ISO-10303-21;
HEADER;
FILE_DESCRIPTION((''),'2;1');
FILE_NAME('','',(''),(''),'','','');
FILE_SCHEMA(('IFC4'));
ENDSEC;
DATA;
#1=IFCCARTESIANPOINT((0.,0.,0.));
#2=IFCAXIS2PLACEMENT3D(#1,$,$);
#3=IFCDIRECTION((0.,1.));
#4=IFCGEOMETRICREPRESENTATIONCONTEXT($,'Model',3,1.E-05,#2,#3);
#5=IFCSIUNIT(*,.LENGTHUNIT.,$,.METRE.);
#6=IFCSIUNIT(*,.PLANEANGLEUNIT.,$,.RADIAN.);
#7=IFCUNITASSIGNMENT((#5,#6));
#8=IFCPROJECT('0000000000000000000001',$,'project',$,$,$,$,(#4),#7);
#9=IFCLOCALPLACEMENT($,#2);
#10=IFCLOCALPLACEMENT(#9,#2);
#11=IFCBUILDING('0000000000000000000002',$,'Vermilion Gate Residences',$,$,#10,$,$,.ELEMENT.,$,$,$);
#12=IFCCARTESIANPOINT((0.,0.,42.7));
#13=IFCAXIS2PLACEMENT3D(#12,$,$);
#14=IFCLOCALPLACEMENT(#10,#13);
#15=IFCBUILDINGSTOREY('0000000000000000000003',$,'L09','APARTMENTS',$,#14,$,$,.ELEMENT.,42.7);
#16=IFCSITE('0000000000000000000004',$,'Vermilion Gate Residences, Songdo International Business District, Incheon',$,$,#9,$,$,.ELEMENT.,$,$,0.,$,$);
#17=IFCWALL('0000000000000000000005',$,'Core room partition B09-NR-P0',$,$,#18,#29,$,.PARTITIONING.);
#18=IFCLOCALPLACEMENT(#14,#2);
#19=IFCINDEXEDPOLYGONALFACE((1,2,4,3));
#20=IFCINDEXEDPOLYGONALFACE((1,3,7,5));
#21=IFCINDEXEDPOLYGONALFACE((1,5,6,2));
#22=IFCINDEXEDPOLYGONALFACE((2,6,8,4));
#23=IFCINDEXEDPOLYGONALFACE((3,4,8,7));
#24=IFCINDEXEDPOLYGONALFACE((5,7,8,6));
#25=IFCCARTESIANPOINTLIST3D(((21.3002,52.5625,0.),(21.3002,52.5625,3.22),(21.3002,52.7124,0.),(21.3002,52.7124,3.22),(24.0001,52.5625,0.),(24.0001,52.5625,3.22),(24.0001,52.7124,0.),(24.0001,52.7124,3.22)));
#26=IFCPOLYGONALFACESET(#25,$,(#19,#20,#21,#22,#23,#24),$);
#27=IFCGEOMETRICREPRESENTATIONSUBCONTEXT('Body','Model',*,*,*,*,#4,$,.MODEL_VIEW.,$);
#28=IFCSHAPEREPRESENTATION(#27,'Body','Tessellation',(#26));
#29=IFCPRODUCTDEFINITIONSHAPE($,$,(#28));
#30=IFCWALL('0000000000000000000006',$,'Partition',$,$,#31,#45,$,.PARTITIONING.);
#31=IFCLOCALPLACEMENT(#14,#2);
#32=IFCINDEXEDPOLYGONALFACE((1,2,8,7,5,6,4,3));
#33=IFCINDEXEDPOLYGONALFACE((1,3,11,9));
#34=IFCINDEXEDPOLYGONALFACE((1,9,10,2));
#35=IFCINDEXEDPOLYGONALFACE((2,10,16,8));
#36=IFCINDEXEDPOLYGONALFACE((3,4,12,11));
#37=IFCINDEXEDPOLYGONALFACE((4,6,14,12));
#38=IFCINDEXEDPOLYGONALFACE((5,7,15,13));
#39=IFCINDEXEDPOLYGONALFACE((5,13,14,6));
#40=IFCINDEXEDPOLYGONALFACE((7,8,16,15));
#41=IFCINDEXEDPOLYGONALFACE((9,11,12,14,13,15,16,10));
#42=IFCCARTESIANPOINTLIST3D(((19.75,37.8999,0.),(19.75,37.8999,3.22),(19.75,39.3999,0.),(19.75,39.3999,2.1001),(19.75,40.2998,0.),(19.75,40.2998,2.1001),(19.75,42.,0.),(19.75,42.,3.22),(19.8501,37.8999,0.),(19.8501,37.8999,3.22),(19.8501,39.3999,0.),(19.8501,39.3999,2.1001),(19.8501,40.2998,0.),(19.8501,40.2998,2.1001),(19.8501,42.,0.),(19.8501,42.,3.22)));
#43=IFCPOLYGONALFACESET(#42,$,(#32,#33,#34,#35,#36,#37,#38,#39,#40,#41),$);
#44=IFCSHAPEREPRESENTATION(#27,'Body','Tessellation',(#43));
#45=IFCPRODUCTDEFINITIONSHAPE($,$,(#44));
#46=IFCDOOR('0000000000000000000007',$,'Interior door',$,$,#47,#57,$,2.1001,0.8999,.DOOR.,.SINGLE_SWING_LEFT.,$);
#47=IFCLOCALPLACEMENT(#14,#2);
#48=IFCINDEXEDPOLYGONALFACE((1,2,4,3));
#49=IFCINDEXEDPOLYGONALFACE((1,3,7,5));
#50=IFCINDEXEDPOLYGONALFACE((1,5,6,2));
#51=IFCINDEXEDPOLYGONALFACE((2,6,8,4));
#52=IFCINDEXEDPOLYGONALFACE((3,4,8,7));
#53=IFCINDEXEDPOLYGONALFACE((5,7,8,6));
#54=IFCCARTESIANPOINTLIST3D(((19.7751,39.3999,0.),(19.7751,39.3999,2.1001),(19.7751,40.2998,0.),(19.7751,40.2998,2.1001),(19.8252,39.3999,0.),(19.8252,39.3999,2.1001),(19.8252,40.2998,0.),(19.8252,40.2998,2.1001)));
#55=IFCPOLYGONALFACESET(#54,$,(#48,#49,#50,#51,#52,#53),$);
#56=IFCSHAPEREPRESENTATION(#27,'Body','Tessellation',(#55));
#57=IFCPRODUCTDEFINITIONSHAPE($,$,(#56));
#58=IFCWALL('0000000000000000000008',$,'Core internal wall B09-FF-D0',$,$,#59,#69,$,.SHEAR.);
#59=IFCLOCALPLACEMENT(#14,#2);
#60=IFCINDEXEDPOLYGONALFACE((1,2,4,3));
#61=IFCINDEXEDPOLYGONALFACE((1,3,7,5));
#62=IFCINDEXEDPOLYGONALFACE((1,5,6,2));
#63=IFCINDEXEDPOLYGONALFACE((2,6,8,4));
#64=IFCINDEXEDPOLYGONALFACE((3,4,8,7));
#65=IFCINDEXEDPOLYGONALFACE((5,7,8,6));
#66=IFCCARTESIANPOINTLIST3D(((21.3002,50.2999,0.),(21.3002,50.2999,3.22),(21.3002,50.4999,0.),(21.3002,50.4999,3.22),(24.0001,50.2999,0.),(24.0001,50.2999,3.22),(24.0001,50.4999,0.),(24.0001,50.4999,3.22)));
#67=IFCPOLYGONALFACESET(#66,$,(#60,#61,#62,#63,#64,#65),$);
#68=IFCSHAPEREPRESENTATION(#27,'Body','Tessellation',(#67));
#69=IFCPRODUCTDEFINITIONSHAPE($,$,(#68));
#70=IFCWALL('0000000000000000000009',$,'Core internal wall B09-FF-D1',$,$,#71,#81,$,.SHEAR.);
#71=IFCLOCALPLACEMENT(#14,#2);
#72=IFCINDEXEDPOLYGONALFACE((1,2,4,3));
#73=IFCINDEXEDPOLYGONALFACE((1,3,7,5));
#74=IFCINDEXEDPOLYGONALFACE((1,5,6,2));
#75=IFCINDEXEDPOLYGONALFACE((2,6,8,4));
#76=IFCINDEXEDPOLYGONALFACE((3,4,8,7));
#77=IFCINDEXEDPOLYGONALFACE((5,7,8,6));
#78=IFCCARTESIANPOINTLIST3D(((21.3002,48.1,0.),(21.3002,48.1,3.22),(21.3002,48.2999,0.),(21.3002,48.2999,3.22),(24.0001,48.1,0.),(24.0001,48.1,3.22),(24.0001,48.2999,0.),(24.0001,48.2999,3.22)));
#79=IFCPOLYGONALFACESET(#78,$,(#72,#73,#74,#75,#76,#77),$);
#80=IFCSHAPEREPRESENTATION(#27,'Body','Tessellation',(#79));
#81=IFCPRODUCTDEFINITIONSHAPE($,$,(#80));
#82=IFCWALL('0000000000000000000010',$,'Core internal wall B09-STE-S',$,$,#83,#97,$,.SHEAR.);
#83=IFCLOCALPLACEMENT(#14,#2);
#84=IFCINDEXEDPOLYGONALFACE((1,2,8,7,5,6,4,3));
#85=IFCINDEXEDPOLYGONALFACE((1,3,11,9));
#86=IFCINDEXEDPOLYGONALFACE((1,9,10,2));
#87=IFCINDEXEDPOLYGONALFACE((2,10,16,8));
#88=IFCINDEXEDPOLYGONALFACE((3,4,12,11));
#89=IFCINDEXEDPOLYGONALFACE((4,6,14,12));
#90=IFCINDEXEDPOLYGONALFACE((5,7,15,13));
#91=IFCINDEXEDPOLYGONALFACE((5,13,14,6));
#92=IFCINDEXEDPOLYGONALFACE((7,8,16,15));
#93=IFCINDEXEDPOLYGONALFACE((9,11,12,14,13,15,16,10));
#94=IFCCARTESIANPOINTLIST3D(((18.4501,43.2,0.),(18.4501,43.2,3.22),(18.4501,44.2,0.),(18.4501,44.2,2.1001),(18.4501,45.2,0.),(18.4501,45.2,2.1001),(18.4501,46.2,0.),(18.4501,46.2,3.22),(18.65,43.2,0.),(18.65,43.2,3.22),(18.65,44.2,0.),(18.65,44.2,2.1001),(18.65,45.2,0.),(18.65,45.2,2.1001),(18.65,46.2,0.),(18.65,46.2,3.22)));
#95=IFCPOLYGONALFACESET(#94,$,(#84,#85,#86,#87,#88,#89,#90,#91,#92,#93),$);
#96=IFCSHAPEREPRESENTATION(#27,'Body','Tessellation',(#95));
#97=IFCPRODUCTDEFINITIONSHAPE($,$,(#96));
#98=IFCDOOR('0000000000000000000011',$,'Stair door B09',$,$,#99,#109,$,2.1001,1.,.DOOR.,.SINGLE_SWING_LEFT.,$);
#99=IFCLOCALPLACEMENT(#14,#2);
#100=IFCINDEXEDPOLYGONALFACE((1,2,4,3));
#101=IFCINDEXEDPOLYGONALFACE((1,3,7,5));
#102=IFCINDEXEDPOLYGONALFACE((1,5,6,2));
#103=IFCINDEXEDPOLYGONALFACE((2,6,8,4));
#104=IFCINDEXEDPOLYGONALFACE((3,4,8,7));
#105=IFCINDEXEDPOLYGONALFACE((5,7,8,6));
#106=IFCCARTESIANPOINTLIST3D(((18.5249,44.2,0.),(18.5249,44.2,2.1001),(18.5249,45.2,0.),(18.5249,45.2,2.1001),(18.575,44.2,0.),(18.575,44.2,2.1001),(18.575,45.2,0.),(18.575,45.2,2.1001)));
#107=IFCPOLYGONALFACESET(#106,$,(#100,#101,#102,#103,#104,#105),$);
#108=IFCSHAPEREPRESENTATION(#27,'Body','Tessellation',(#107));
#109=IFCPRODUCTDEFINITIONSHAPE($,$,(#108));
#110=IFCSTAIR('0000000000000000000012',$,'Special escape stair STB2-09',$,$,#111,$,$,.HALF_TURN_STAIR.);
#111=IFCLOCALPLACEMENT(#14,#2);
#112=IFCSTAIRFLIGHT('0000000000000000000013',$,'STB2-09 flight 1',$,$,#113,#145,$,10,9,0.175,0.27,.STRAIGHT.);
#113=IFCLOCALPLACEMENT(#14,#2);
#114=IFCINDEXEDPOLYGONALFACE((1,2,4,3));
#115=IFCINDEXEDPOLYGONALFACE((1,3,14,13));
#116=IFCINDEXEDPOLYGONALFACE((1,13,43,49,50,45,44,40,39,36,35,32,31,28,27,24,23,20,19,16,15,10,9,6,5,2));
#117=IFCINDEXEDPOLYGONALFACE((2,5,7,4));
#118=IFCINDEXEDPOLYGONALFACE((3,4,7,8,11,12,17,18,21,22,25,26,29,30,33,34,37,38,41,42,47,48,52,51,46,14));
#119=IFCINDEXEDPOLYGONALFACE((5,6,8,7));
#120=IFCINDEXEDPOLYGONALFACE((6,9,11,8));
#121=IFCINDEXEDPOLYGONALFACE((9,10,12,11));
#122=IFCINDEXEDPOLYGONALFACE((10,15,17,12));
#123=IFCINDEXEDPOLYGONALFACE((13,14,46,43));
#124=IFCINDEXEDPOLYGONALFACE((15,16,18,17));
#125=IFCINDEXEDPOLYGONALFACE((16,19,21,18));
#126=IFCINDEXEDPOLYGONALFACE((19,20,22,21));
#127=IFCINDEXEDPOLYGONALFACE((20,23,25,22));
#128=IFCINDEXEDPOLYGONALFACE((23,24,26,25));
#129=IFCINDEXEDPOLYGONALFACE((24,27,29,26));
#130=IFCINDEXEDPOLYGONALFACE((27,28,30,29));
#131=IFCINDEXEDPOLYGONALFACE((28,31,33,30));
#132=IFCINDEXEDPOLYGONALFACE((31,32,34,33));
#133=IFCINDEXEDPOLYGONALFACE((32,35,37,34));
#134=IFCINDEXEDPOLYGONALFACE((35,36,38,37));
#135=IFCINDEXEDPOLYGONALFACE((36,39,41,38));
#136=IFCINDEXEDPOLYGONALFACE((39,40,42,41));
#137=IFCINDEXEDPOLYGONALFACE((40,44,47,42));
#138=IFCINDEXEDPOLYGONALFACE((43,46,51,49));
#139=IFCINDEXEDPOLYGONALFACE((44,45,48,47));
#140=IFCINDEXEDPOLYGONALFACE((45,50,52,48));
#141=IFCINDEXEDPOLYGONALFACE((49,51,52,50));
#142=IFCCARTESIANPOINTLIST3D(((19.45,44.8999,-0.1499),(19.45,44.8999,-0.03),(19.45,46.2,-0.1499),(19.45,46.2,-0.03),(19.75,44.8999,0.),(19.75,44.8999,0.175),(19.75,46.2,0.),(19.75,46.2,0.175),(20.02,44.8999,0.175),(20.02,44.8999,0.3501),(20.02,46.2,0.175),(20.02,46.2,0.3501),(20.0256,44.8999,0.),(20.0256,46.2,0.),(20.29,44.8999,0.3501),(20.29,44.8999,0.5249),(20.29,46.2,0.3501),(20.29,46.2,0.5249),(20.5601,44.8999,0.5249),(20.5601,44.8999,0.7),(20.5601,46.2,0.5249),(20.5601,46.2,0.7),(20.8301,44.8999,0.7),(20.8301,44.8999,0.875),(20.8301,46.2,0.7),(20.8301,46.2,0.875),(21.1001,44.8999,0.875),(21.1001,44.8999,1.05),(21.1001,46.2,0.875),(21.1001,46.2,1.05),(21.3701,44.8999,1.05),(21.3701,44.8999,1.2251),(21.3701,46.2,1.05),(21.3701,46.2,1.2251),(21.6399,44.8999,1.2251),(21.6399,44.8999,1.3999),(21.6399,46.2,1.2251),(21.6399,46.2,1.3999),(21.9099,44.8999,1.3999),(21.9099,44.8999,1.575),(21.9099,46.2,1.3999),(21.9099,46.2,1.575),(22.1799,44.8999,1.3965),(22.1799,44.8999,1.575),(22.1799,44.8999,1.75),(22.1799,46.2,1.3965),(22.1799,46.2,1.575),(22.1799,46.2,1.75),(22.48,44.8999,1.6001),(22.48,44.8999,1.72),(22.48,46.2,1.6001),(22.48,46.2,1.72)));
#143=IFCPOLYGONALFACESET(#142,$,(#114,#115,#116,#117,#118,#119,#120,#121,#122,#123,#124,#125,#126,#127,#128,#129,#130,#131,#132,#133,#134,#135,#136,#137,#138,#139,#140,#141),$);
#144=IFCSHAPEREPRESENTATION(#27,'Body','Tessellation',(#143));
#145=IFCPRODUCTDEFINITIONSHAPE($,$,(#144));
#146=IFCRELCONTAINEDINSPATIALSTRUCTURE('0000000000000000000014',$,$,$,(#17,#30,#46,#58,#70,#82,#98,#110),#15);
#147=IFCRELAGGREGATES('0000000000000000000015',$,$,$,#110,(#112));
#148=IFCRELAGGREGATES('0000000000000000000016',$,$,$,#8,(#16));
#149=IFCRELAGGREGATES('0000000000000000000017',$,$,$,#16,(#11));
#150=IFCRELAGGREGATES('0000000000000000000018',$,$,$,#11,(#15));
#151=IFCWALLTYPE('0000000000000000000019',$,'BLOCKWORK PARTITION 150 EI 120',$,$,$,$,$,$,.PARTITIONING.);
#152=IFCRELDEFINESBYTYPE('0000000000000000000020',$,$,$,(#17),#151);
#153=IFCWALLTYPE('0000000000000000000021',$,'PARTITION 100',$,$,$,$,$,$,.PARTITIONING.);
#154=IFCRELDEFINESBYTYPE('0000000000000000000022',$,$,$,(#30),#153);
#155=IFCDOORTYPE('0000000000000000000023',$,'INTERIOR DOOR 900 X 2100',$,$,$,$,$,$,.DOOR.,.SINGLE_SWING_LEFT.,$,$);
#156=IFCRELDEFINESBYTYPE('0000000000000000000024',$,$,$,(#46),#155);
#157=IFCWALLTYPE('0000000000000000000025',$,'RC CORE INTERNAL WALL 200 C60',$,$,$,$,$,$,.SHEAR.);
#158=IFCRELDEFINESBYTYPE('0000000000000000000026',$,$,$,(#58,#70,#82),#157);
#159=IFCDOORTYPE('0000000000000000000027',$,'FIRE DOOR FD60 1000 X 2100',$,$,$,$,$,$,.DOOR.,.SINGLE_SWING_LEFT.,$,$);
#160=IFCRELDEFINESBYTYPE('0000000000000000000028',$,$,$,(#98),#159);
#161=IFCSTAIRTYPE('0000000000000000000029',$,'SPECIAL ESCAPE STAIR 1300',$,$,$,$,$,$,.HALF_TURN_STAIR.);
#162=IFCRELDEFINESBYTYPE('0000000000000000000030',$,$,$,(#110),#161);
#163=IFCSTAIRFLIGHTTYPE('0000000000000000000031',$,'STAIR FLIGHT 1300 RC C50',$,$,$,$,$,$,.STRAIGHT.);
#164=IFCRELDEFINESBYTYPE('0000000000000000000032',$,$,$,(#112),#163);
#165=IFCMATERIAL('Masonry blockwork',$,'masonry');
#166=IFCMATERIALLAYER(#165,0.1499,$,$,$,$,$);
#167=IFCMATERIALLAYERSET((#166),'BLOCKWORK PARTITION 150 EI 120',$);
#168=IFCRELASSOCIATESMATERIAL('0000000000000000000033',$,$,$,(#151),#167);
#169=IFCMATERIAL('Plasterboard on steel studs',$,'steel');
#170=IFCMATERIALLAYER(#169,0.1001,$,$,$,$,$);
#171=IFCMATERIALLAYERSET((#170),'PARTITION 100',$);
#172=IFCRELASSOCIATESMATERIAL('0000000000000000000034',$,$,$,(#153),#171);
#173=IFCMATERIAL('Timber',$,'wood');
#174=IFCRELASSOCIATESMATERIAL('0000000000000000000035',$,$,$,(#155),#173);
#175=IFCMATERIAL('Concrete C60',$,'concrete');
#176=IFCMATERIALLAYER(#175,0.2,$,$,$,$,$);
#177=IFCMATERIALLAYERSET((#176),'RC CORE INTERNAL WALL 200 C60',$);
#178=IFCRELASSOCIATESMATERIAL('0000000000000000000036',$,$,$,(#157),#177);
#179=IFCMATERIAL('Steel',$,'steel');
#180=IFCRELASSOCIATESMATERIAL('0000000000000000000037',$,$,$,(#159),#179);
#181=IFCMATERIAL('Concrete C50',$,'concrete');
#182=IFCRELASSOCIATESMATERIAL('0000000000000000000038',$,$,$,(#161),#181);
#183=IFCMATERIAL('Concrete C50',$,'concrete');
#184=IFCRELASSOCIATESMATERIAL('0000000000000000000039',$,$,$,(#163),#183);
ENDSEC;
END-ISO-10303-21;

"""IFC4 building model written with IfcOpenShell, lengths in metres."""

from ifc_helpers import new_model, si_unit, direction, frame, frame_2d, origin, place, context, subcontext, project, spatial, polyline, rectangle, outline, extrude, material, layer, layer_set, type_object, element, fill, aggregate, save


model = new_model("IFC4")

# Units and contexts
model_context = context("Model", 3, precision=1e-05, world=origin(), true_north=direction((0.0, 1.0)))
body_context = subcontext(model_context, "Body", "Model", "MODEL_VIEW")
ifc_project = project(units=[si_unit("LENGTHUNIT", "METRE"), si_unit("PLANEANGLEUNIT", "RADIAN")], contexts=[model_context])

# Site, building, storey
site_placement = place(None, origin())
site = spatial("IfcSite", under=ifc_project, at=site_placement, Name="Vermilion Gate Residences, Songdo International Business District, Incheon", CompositionType="ELEMENT", RefElevation=0.0)
building_placement = place(site_placement, origin())
building = spatial("IfcBuilding", under=site, at=building_placement, Name="Vermilion Gate Residences", CompositionType="ELEMENT")
storey_placement = place(building_placement, frame((0.0, 0.0, 42.7)))
storey = spatial("IfcBuildingStorey", under=building, at=storey_placement, Name="L09", Description="APARTMENTS", CompositionType="ELEMENT", Elevation=42.7)

# Wall
ifc_material_1 = material(Name="Masonry blockwork", Category="masonry")
ifc_layer_1 = layer(ifc_material_1, 0.1499)
ifc_layer_set_1 = layer_set([ifc_layer_1], Name="BLOCKWORK PARTITION 150 EI 120")
wall_type_1 = type_object("IfcWallType", Name="BLOCKWORK PARTITION 150 EI 120", PredefinedType="PARTITIONING", material=ifc_layer_set_1)
wall_1_placement = place(storey_placement, frame((21.3, 52.6375, 0.0), z_axis=(0.0, 0.0, 1.0), x_axis=(1.0, 0.0, 0.0)))
element("IfcWall", 1, at=wall_1_placement, inside=storey, type_object=wall_type_1, Name="Core room partition B09-NR-P0", PredefinedType="PARTITIONING", context=body_context, shape_type="SweptSolid", body=[
    extrude(rectangle(XDim=2.7, YDim=0.1499, at=frame_2d((1.3501, 0.0))), origin(), (0.0, 0.0, 1.0), 3.22),
])

# Wall, opening, door
ifc_material_2 = material(Name="Plasterboard on steel studs", Category="steel")
ifc_layer_2 = layer(ifc_material_2, 0.1001)
ifc_layer_set_2 = layer_set([ifc_layer_2], Name="PARTITION 100")
wall_type_2 = type_object("IfcWallType", Name="PARTITION 100", PredefinedType="PARTITIONING", material=ifc_layer_set_2)
wall_2_placement = place(storey_placement, frame((19.8, 37.8999, 0.0), z_axis=(0.0, 0.0, 1.0), x_axis=(0.0, 1.0, 0.0)))
wall_2 = element("IfcWall", 2, at=wall_2_placement, inside=storey, type_object=wall_type_2, Name="Partition", PredefinedType="PARTITIONING", context=body_context, shape_type="SweptSolid", body=[
    extrude(rectangle(XDim=4.1001, YDim=0.1001, at=frame_2d((2.05, 0.0))), origin(), (0.0, 0.0, 1.0), 3.22),
])
opening_1_placement = place(wall_2_placement, frame((1.5, 0.0, 0.0)))
opening_1 = element("IfcOpeningElement", 3, at=opening_1_placement, cuts=wall_2, PredefinedType="OPENING", context=body_context, shape_type="SweptSolid", body=[
    extrude(rectangle(XDim=0.8999, YDim=2.1001, at=frame_2d((0.45, 1.05))), frame((0.0, 0.0601, 0.0), z_axis=(0.0, -1.0, 0.0), x_axis=(1.0, 0.0, 0.0)), (0.0, 0.0, 1.0), 0.1201),
])
ifc_material_3 = material(Name="Timber", Category="wood")
door_type_1 = type_object("IfcDoorType", Name="INTERIOR DOOR 900 X 2100", OperationType="SINGLE_SWING_LEFT", PredefinedType="DOOR", material=ifc_material_3)
door_1_placement = place(opening_1_placement, origin())
door_1 = element("IfcDoor", 4, at=door_1_placement, inside=storey, type_object=door_type_1, Name="Interior door", OperationType="SINGLE_SWING_LEFT", OverallHeight=2.1001, OverallWidth=0.8999, PredefinedType="DOOR", context=body_context, shape_type="SweptSolid", body=[
    extrude(rectangle(XDim=0.8999, YDim=2.1001, at=frame_2d((0.45, 1.05))), frame((0.0, 0.0249, 0.0), z_axis=(0.0, -1.0, 0.0), x_axis=(1.0, 0.0, 0.0)), (0.0, 0.0, 1.0), 0.05),
])
fill(opening_1, door_1)

# Walls
ifc_material_4 = material(Name="Concrete C60", Category="concrete")
ifc_layer_3 = layer(ifc_material_4, 0.2)
ifc_layer_set_3 = layer_set([ifc_layer_3], Name="RC CORE INTERNAL WALL 200 C60")
wall_type_3 = type_object("IfcWallType", Name="RC CORE INTERNAL WALL 200 C60", PredefinedType="SHEAR", material=ifc_layer_set_3)
for number, where, z_axis, x_axis, name in (
    (5, (21.3, 50.3999, 0.0), (0.0, 0.0, 1.0), (1.0, 0.0, 0.0), "Core internal wall B09-FF-D0"),
    (6, (21.3, 48.2, 0.0), (0.0, 0.0, 1.0), (1.0, 0.0, 0.0), "Core internal wall B09-FF-D1"),
):
    element("IfcWall", number, at=place(storey_placement, frame(where, z_axis=z_axis, x_axis=x_axis)), inside=storey, type_object=wall_type_3, Name=name, PredefinedType="SHEAR", context=body_context, shape_type="SweptSolid", body=[
        extrude(rectangle(XDim=2.7, YDim=0.2, at=frame_2d((1.3501, 0.0))), origin(), (0.0, 0.0, 1.0), 3.22),
    ])

# Wall, opening, door
wall_3_placement = place(storey_placement, frame((18.55, 46.2, 0.0), z_axis=(0.0, 0.0, 1.0), x_axis=(0.0, -1.0, 0.0)))
wall_3 = element("IfcWall", 7, at=wall_3_placement, inside=storey, type_object=wall_type_3, Name="Core internal wall B09-STE-S", PredefinedType="SHEAR", context=body_context, shape_type="SweptSolid", body=[
    extrude(rectangle(XDim=3.0, YDim=0.2, at=frame_2d((1.5, 0.0))), origin(), (0.0, 0.0, 1.0), 3.22),
])
opening_2_placement = place(wall_3_placement, frame((1.0, 0.0, 0.0)))
opening_2 = element("IfcOpeningElement", 8, at=opening_2_placement, cuts=wall_3, PredefinedType="OPENING", context=body_context, shape_type="SweptSolid", body=[
    extrude(rectangle(XDim=1.0, YDim=2.1001, at=frame_2d((0.5, 1.05))), frame((0.0, 0.1099, 0.0), z_axis=(0.0, -1.0, 0.0), x_axis=(1.0, 0.0, 0.0)), (0.0, 0.0, 1.0), 0.22),
])
ifc_material_5 = material(Name="Steel", Category="steel")
door_type_2 = type_object("IfcDoorType", Name="FIRE DOOR FD60 1000 X 2100", OperationType="SINGLE_SWING_LEFT", PredefinedType="DOOR", material=ifc_material_5)
door_2_placement = place(opening_2_placement, origin())
door_2 = element("IfcDoor", 9, at=door_2_placement, inside=storey, type_object=door_type_2, Name="Stair door B09", OperationType="SINGLE_SWING_LEFT", OverallHeight=2.1001, OverallWidth=1.0, PredefinedType="DOOR", context=body_context, shape_type="SweptSolid", body=[
    extrude(rectangle(XDim=1.0, YDim=2.1001, at=frame_2d((0.5, 1.05))), frame((0.0, 0.0249, 0.0), z_axis=(0.0, -1.0, 0.0), x_axis=(1.0, 0.0, 0.0)), (0.0, 0.0, 1.0), 0.05),
])
fill(opening_2, door_2)

# Stair, stair flight
ifc_material_6 = material(Name="Concrete C50", Category="concrete")
stair_type = type_object("IfcStairType", Name="SPECIAL ESCAPE STAIR 1300", PredefinedType="HALF_TURN_STAIR", material=ifc_material_6)
stair_placement = place(storey_placement, origin())
stair = element("IfcStair", 10, at=stair_placement, inside=storey, type_object=stair_type, Name="Special escape stair STB2-09", PredefinedType="HALF_TURN_STAIR")
ifc_material_7 = material(Name="Concrete C50", Category="concrete")
stair_flight_type = type_object("IfcStairFlightType", Name="STAIR FLIGHT 1300 RC C50", PredefinedType="STRAIGHT", material=ifc_material_7)
stair_flight_1_placement = place(storey_placement, frame((19.75, 45.55, 0.0), z_axis=(0.0, 0.0, 1.0), x_axis=(1.0, 0.0, 0.0)))
stair_flight_1 = element("IfcStairFlight", 11, at=stair_flight_1_placement, type_object=stair_flight_type, Name="STB2-09 flight 1", NumberOfRisers=10, NumberOfTreads=9, PredefinedType="STRAIGHT", RiserHeight=0.175, TreadLength=0.27, context=body_context, shape_type="SweptSolid", body=[
    extrude(outline(polyline([(-0.3, -0.1499), (-0.3, -0.03), (0.0, 0.0), (0.0, 0.175), (0.27, 0.175), (0.27, 0.3501), (0.54, 0.3501), (0.54, 0.5249), (0.8101, 0.5249), (0.8101, 0.7), (1.0801, 0.7), (1.0801, 0.875), (1.3501, 0.875), (1.3501, 1.05), (1.6201, 1.05), (1.6201, 1.2251), (1.8899, 1.2251), (1.8899, 1.3999), (2.1599, 1.3999), (2.1599, 1.575), (2.4299, 1.575), (2.4299, 1.75), (2.73, 1.72), (2.73, 1.6001), (2.4299, 1.3965), (0.2756, 0.0), (-0.3, -0.1499)])), frame((0.0, 0.6499, 0.0), z_axis=(0.0, -1.0, 0.0), x_axis=(1.0, 0.0, 0.0)), (0.0, 0.0, 1.0), 1.3),
])
aggregate(stair, [stair_flight_1])

save(model, "model.ifc")
